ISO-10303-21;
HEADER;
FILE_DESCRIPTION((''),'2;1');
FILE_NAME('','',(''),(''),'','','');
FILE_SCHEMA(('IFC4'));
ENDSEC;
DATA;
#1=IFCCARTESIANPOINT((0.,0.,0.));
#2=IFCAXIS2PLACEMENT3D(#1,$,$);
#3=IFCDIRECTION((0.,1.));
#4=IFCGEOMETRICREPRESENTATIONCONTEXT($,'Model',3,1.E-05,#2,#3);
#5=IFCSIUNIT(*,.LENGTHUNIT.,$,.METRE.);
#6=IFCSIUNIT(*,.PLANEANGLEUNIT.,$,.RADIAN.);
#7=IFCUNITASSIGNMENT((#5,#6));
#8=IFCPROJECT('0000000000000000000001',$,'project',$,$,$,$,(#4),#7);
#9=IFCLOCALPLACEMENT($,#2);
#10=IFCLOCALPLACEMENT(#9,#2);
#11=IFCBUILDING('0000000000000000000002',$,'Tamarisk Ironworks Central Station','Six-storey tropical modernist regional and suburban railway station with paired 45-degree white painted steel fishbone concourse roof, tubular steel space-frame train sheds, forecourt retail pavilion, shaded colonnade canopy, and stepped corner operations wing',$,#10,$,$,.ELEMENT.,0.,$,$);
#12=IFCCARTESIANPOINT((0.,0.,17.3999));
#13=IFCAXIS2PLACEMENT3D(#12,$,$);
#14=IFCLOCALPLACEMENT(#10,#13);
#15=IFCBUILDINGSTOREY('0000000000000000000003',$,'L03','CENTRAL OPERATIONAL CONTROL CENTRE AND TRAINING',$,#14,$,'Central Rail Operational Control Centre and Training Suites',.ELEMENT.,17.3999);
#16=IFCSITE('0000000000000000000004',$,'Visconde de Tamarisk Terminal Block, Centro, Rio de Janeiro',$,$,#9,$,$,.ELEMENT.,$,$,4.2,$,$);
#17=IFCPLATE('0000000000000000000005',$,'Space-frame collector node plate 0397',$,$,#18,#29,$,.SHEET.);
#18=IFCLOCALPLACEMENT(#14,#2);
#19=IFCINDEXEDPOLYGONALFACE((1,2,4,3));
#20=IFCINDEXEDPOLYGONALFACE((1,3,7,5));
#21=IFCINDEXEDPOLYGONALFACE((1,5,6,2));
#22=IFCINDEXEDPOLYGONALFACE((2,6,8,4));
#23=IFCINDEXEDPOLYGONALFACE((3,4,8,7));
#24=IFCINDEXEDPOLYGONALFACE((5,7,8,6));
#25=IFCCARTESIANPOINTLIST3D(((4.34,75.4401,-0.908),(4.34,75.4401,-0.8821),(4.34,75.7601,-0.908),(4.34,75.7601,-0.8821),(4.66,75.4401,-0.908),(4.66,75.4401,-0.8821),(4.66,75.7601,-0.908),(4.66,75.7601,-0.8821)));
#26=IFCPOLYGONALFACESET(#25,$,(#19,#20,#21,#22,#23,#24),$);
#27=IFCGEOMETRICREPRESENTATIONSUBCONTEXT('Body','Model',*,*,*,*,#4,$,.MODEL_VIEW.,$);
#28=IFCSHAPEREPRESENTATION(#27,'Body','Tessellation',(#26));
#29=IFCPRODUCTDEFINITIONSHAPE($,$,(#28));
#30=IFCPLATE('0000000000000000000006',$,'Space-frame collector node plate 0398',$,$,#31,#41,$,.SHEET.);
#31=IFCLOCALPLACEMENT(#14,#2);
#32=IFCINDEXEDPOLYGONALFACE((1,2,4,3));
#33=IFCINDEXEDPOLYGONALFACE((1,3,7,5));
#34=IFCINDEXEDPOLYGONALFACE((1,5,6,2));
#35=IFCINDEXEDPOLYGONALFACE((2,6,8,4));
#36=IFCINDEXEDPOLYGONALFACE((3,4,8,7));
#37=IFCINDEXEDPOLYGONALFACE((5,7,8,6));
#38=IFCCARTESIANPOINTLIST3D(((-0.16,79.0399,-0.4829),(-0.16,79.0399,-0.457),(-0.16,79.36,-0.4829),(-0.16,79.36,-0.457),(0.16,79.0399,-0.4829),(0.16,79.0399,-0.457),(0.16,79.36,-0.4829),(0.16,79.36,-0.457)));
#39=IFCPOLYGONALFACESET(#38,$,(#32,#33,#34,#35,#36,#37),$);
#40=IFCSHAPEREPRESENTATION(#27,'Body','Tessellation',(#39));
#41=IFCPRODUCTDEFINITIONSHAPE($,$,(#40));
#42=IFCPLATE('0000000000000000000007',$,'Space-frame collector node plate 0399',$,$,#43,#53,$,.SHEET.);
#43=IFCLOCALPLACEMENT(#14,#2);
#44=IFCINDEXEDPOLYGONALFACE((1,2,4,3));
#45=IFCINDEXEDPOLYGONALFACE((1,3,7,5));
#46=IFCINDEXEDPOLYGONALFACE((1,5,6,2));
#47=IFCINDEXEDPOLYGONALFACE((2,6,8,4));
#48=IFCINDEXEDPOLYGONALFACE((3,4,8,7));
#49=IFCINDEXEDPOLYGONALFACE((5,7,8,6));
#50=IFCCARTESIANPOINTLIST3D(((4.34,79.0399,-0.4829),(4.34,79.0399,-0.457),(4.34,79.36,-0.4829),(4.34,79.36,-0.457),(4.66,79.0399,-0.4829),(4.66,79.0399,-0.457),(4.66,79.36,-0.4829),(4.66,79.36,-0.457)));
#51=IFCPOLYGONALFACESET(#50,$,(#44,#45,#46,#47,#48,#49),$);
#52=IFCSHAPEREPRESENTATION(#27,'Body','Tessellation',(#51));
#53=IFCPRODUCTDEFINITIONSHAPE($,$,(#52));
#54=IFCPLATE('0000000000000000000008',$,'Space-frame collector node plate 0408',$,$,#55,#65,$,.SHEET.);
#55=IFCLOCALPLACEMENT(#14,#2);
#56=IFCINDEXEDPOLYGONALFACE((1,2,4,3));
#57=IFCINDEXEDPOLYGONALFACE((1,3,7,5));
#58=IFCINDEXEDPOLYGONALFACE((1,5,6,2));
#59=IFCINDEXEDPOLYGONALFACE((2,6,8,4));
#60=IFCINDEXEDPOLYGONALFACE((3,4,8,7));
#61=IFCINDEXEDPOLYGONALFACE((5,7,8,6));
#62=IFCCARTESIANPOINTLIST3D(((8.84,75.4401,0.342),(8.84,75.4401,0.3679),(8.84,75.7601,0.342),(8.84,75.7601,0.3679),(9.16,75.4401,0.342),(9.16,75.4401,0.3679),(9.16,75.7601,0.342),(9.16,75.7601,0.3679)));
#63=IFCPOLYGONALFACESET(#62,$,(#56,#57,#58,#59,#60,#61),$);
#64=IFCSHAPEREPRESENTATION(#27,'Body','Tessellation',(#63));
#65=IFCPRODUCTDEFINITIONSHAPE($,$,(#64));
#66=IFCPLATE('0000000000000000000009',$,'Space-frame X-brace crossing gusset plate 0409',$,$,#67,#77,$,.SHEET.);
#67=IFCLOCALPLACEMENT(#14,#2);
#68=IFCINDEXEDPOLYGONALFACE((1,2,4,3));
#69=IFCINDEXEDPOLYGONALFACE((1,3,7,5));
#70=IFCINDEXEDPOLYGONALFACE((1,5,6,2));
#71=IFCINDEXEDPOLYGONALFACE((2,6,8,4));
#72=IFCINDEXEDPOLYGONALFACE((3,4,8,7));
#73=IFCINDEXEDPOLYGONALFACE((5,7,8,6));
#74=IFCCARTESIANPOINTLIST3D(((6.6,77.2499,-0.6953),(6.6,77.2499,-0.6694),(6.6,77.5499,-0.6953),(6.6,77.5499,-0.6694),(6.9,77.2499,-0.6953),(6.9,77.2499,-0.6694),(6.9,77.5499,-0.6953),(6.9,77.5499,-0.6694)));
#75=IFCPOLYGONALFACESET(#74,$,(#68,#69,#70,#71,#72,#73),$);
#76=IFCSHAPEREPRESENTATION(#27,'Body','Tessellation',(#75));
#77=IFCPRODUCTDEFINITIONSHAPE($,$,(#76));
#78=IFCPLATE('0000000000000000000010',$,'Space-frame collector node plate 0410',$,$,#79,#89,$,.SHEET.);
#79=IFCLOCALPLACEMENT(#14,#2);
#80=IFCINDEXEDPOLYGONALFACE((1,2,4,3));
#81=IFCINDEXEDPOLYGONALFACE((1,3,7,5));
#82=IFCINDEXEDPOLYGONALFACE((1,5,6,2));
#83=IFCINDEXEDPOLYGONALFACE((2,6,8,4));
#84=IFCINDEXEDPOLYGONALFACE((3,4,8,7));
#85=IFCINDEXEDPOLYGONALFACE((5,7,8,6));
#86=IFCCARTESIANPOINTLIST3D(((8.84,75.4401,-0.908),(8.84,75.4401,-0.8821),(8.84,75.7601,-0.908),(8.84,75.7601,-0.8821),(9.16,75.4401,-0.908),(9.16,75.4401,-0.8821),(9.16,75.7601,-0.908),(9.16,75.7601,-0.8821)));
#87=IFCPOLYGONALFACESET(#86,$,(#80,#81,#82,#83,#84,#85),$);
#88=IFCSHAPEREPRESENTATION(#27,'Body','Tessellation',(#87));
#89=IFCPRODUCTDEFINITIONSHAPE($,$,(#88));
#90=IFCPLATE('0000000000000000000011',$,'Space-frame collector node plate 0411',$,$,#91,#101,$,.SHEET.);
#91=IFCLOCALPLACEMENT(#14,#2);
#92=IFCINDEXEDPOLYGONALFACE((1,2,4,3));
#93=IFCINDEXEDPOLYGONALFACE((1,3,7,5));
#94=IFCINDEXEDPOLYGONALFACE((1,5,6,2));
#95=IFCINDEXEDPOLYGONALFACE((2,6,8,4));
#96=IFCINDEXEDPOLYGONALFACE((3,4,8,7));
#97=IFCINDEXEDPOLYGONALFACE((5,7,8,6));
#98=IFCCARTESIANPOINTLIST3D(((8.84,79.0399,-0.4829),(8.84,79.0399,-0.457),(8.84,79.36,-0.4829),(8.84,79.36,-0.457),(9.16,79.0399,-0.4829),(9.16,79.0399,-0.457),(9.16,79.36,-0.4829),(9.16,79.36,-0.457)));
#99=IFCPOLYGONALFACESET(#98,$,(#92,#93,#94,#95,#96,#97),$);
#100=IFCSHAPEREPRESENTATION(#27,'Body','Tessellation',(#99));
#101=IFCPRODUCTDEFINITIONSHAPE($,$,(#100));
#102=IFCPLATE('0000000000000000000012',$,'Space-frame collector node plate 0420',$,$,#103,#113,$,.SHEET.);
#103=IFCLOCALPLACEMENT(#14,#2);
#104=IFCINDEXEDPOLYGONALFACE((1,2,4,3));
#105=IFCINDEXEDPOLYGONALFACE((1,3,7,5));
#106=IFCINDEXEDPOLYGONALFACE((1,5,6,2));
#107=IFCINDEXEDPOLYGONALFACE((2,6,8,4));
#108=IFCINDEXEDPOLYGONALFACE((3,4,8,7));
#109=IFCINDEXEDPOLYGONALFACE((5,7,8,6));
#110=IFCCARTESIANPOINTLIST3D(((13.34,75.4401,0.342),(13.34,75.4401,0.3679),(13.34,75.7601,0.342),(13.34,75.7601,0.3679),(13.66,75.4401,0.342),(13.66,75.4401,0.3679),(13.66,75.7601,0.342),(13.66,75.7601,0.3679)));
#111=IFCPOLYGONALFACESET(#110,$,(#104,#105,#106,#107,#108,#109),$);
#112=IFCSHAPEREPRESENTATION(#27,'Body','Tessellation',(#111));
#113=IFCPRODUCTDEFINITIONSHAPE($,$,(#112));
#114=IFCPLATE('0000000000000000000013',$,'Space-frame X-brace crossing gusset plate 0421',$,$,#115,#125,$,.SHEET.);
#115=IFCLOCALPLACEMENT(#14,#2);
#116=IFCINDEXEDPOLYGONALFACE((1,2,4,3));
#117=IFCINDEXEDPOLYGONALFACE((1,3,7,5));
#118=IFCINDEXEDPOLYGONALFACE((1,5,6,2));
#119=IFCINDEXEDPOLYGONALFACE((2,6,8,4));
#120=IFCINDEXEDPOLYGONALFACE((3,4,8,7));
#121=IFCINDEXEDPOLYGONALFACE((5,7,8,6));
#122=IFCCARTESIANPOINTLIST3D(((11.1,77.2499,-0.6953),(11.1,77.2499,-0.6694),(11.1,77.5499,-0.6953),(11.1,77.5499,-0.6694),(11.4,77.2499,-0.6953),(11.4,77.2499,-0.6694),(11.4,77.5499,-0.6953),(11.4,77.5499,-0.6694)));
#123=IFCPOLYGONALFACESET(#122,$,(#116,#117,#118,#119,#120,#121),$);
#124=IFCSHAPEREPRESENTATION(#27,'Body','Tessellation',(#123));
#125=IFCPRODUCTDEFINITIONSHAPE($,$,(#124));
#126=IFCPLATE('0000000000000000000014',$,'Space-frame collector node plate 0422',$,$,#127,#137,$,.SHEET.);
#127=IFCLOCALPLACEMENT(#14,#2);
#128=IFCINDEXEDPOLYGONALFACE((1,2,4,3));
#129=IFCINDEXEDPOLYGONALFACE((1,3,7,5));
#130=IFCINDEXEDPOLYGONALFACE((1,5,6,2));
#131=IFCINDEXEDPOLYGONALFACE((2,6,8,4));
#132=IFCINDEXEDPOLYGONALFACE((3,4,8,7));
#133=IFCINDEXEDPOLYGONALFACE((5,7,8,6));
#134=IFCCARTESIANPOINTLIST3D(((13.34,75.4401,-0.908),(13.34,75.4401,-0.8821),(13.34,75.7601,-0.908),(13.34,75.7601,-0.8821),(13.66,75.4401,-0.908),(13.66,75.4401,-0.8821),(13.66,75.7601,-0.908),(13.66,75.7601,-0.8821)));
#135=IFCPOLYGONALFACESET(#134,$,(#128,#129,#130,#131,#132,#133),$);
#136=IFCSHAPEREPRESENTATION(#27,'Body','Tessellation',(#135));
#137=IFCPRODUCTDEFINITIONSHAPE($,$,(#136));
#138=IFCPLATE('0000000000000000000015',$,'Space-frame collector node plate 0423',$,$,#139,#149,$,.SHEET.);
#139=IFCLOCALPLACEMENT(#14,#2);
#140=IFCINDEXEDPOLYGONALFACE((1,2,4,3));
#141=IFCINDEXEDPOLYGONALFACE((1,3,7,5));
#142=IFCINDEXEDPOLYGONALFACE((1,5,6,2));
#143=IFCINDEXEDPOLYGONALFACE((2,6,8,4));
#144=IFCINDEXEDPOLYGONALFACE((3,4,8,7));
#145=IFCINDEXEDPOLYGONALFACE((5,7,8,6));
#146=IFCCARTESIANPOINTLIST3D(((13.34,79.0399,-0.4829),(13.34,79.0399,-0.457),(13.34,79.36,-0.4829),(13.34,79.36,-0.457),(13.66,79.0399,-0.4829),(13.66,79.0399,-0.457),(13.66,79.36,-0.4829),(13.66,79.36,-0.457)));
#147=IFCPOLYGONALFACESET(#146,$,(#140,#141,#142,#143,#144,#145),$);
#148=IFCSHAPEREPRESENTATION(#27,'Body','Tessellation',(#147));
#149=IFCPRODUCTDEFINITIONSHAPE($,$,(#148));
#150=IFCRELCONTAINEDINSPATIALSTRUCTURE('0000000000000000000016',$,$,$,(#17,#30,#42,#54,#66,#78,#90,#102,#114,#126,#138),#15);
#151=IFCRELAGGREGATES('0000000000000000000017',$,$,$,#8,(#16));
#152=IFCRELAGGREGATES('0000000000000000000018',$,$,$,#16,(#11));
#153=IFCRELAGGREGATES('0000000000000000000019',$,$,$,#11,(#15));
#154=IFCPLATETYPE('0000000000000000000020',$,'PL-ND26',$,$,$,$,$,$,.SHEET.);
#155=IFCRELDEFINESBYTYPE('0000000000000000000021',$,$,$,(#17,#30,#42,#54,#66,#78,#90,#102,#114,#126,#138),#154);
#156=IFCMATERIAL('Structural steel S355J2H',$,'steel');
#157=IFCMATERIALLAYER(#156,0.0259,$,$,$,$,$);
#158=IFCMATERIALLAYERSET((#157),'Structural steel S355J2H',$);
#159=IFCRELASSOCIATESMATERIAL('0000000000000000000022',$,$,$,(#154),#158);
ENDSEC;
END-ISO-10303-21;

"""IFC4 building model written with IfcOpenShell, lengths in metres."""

from ifc_helpers import new_model, si_unit, direction, frame, origin, origin_2d, place, context, subcontext, project, spatial, rectangle, extrude, material, layer, layer_set, type_object, element, save


model = new_model("IFC4")

# Units and contexts
model_context = context("Model", 3, precision=1e-05, world=origin(), true_north=direction((0.0, 1.0)))
body_context = subcontext(model_context, "Body", "Model", "MODEL_VIEW")
ifc_project = project(units=[si_unit("LENGTHUNIT", "METRE"), si_unit("PLANEANGLEUNIT", "RADIAN")], contexts=[model_context])

# Site, building, storey
site_placement = place(None, origin())
site = spatial("IfcSite", under=ifc_project, at=site_placement, Name="Visconde de Tamarisk Terminal Block, Centro, Rio de Janeiro", CompositionType="ELEMENT", RefElevation=4.2)
building_placement = place(site_placement, origin())
building = spatial("IfcBuilding", under=site, at=building_placement, Name="Tamarisk Ironworks Central Station", Description="Six-storey tropical modernist regional and suburban railway station with paired 45-degree white painted steel fishbone concourse roof, tubular steel space-frame train sheds, forecourt retail pavilion, shaded colonnade canopy, and stepped corner operations wing", CompositionType="ELEMENT", ElevationOfRefHeight=0.0)
storey_placement = place(building_placement, frame((0.0, 0.0, 17.3999)))
storey = spatial("IfcBuildingStorey", under=building, at=storey_placement, Name="L03", Description="CENTRAL OPERATIONAL CONTROL CENTRE AND TRAINING", LongName="Central Rail Operational Control Centre and Training Suites", CompositionType="ELEMENT", Elevation=17.3999)

# Shared definitions
ifc_material_1 = material(Name="Structural steel S355J2H", Category="steel")

# Plates
ifc_layer_1 = layer(ifc_material_1, 0.0259)
ifc_layer_set_1 = layer_set([ifc_layer_1], Name="Structural steel S355J2H")
plate_type_1 = type_object("IfcPlateType", Name="PL-ND26", PredefinedType="SHEET", material=ifc_layer_set_1)
for number, where, z_axis, x_axis, name in (
    (1, (4.5, 75.6001, -0.908), (0.0, 0.0, 1.0), (1.0, 0.0, 0.0), "Space-frame collector node plate 0397"),
    (2, (0.0, 79.2, -0.4829), (0.0, 0.0, 1.0), (1.0, 0.0, 0.0), "Space-frame collector node plate 0398"),
    (3, (4.5, 79.2, -0.4829), (0.0, 0.0, 1.0), (1.0, 0.0, 0.0), "Space-frame collector node plate 0399"),
    (4, (9.0, 75.6001, 0.342), (0.0, 0.0, 1.0), (1.0, 0.0, 0.0), "Space-frame collector node plate 0408"),
):
    element("IfcPlate", number, at=place(storey_placement, frame(where, z_axis=z_axis, x_axis=x_axis)), inside=storey, type_object=plate_type_1, Name=name, PredefinedType="SHEET", context=body_context, shape_type="SweptSolid", body=[
        extrude(rectangle(XDim=0.3201, YDim=0.3201, at=origin_2d()), origin(), (0.0, 0.0, 1.0), 0.0259),
    ])
plate_1_placement = place(storey_placement, frame((6.75, 77.3999, -0.6953), z_axis=(0.0, 0.0, 1.0), x_axis=(1.0, 0.0, 0.0)))
element("IfcPlate", 5, at=plate_1_placement, inside=storey, type_object=plate_type_1, Name="Space-frame X-brace crossing gusset plate 0409", PredefinedType="SHEET", context=body_context, shape_type="SweptSolid", body=[
    extrude(rectangle(XDim=0.3, YDim=0.3, at=origin_2d()), origin(), (0.0, 0.0, 1.0), 0.0259),
])
for number, where, z_axis, x_axis, name in (
    (6, (9.0, 75.6001, -0.908), (0.0, 0.0, 1.0), (1.0, 0.0, 0.0), "Space-frame collector node plate 0410"),
    (7, (9.0, 79.2, -0.4829), (0.0, 0.0, 1.0), (1.0, 0.0, 0.0), "Space-frame collector node plate 0411"),
    (8, (13.5, 75.6001, 0.342), (0.0, 0.0, 1.0), (1.0, 0.0, 0.0), "Space-frame collector node plate 0420"),
):
    element("IfcPlate", number, at=place(storey_placement, frame(where, z_axis=z_axis, x_axis=x_axis)), inside=storey, type_object=plate_type_1, Name=name, PredefinedType="SHEET", context=body_context, shape_type="SweptSolid", body=[
        extrude(rectangle(XDim=0.3201, YDim=0.3201, at=origin_2d()), origin(), (0.0, 0.0, 1.0), 0.0259),
    ])
plate_2_placement = place(storey_placement, frame((11.25, 77.3999, -0.6953), z_axis=(0.0, 0.0, 1.0), x_axis=(1.0, 0.0, 0.0)))
element("IfcPlate", 9, at=plate_2_placement, inside=storey, type_object=plate_type_1, Name="Space-frame X-brace crossing gusset plate 0421", PredefinedType="SHEET", context=body_context, shape_type="SweptSolid", body=[
    extrude(rectangle(XDim=0.3, YDim=0.3, at=origin_2d()), origin(), (0.0, 0.0, 1.0), 0.0259),
])
for number, where, z_axis, x_axis, name in (
    (10, (13.5, 75.6001, -0.908), (0.0, 0.0, 1.0), (1.0, 0.0, 0.0), "Space-frame collector node plate 0422"),
    (11, (13.5, 79.2, -0.4829), (0.0, 0.0, 1.0), (1.0, 0.0, 0.0), "Space-frame collector node plate 0423"),
):
    element("IfcPlate", number, at=place(storey_placement, frame(where, z_axis=z_axis, x_axis=x_axis)), inside=storey, type_object=plate_type_1, Name=name, PredefinedType="SHEET", context=body_context, shape_type="SweptSolid", body=[
        extrude(rectangle(XDim=0.3201, YDim=0.3201, at=origin_2d()), origin(), (0.0, 0.0, 1.0), 0.0259),
    ])

save(model, "model.ifc")
